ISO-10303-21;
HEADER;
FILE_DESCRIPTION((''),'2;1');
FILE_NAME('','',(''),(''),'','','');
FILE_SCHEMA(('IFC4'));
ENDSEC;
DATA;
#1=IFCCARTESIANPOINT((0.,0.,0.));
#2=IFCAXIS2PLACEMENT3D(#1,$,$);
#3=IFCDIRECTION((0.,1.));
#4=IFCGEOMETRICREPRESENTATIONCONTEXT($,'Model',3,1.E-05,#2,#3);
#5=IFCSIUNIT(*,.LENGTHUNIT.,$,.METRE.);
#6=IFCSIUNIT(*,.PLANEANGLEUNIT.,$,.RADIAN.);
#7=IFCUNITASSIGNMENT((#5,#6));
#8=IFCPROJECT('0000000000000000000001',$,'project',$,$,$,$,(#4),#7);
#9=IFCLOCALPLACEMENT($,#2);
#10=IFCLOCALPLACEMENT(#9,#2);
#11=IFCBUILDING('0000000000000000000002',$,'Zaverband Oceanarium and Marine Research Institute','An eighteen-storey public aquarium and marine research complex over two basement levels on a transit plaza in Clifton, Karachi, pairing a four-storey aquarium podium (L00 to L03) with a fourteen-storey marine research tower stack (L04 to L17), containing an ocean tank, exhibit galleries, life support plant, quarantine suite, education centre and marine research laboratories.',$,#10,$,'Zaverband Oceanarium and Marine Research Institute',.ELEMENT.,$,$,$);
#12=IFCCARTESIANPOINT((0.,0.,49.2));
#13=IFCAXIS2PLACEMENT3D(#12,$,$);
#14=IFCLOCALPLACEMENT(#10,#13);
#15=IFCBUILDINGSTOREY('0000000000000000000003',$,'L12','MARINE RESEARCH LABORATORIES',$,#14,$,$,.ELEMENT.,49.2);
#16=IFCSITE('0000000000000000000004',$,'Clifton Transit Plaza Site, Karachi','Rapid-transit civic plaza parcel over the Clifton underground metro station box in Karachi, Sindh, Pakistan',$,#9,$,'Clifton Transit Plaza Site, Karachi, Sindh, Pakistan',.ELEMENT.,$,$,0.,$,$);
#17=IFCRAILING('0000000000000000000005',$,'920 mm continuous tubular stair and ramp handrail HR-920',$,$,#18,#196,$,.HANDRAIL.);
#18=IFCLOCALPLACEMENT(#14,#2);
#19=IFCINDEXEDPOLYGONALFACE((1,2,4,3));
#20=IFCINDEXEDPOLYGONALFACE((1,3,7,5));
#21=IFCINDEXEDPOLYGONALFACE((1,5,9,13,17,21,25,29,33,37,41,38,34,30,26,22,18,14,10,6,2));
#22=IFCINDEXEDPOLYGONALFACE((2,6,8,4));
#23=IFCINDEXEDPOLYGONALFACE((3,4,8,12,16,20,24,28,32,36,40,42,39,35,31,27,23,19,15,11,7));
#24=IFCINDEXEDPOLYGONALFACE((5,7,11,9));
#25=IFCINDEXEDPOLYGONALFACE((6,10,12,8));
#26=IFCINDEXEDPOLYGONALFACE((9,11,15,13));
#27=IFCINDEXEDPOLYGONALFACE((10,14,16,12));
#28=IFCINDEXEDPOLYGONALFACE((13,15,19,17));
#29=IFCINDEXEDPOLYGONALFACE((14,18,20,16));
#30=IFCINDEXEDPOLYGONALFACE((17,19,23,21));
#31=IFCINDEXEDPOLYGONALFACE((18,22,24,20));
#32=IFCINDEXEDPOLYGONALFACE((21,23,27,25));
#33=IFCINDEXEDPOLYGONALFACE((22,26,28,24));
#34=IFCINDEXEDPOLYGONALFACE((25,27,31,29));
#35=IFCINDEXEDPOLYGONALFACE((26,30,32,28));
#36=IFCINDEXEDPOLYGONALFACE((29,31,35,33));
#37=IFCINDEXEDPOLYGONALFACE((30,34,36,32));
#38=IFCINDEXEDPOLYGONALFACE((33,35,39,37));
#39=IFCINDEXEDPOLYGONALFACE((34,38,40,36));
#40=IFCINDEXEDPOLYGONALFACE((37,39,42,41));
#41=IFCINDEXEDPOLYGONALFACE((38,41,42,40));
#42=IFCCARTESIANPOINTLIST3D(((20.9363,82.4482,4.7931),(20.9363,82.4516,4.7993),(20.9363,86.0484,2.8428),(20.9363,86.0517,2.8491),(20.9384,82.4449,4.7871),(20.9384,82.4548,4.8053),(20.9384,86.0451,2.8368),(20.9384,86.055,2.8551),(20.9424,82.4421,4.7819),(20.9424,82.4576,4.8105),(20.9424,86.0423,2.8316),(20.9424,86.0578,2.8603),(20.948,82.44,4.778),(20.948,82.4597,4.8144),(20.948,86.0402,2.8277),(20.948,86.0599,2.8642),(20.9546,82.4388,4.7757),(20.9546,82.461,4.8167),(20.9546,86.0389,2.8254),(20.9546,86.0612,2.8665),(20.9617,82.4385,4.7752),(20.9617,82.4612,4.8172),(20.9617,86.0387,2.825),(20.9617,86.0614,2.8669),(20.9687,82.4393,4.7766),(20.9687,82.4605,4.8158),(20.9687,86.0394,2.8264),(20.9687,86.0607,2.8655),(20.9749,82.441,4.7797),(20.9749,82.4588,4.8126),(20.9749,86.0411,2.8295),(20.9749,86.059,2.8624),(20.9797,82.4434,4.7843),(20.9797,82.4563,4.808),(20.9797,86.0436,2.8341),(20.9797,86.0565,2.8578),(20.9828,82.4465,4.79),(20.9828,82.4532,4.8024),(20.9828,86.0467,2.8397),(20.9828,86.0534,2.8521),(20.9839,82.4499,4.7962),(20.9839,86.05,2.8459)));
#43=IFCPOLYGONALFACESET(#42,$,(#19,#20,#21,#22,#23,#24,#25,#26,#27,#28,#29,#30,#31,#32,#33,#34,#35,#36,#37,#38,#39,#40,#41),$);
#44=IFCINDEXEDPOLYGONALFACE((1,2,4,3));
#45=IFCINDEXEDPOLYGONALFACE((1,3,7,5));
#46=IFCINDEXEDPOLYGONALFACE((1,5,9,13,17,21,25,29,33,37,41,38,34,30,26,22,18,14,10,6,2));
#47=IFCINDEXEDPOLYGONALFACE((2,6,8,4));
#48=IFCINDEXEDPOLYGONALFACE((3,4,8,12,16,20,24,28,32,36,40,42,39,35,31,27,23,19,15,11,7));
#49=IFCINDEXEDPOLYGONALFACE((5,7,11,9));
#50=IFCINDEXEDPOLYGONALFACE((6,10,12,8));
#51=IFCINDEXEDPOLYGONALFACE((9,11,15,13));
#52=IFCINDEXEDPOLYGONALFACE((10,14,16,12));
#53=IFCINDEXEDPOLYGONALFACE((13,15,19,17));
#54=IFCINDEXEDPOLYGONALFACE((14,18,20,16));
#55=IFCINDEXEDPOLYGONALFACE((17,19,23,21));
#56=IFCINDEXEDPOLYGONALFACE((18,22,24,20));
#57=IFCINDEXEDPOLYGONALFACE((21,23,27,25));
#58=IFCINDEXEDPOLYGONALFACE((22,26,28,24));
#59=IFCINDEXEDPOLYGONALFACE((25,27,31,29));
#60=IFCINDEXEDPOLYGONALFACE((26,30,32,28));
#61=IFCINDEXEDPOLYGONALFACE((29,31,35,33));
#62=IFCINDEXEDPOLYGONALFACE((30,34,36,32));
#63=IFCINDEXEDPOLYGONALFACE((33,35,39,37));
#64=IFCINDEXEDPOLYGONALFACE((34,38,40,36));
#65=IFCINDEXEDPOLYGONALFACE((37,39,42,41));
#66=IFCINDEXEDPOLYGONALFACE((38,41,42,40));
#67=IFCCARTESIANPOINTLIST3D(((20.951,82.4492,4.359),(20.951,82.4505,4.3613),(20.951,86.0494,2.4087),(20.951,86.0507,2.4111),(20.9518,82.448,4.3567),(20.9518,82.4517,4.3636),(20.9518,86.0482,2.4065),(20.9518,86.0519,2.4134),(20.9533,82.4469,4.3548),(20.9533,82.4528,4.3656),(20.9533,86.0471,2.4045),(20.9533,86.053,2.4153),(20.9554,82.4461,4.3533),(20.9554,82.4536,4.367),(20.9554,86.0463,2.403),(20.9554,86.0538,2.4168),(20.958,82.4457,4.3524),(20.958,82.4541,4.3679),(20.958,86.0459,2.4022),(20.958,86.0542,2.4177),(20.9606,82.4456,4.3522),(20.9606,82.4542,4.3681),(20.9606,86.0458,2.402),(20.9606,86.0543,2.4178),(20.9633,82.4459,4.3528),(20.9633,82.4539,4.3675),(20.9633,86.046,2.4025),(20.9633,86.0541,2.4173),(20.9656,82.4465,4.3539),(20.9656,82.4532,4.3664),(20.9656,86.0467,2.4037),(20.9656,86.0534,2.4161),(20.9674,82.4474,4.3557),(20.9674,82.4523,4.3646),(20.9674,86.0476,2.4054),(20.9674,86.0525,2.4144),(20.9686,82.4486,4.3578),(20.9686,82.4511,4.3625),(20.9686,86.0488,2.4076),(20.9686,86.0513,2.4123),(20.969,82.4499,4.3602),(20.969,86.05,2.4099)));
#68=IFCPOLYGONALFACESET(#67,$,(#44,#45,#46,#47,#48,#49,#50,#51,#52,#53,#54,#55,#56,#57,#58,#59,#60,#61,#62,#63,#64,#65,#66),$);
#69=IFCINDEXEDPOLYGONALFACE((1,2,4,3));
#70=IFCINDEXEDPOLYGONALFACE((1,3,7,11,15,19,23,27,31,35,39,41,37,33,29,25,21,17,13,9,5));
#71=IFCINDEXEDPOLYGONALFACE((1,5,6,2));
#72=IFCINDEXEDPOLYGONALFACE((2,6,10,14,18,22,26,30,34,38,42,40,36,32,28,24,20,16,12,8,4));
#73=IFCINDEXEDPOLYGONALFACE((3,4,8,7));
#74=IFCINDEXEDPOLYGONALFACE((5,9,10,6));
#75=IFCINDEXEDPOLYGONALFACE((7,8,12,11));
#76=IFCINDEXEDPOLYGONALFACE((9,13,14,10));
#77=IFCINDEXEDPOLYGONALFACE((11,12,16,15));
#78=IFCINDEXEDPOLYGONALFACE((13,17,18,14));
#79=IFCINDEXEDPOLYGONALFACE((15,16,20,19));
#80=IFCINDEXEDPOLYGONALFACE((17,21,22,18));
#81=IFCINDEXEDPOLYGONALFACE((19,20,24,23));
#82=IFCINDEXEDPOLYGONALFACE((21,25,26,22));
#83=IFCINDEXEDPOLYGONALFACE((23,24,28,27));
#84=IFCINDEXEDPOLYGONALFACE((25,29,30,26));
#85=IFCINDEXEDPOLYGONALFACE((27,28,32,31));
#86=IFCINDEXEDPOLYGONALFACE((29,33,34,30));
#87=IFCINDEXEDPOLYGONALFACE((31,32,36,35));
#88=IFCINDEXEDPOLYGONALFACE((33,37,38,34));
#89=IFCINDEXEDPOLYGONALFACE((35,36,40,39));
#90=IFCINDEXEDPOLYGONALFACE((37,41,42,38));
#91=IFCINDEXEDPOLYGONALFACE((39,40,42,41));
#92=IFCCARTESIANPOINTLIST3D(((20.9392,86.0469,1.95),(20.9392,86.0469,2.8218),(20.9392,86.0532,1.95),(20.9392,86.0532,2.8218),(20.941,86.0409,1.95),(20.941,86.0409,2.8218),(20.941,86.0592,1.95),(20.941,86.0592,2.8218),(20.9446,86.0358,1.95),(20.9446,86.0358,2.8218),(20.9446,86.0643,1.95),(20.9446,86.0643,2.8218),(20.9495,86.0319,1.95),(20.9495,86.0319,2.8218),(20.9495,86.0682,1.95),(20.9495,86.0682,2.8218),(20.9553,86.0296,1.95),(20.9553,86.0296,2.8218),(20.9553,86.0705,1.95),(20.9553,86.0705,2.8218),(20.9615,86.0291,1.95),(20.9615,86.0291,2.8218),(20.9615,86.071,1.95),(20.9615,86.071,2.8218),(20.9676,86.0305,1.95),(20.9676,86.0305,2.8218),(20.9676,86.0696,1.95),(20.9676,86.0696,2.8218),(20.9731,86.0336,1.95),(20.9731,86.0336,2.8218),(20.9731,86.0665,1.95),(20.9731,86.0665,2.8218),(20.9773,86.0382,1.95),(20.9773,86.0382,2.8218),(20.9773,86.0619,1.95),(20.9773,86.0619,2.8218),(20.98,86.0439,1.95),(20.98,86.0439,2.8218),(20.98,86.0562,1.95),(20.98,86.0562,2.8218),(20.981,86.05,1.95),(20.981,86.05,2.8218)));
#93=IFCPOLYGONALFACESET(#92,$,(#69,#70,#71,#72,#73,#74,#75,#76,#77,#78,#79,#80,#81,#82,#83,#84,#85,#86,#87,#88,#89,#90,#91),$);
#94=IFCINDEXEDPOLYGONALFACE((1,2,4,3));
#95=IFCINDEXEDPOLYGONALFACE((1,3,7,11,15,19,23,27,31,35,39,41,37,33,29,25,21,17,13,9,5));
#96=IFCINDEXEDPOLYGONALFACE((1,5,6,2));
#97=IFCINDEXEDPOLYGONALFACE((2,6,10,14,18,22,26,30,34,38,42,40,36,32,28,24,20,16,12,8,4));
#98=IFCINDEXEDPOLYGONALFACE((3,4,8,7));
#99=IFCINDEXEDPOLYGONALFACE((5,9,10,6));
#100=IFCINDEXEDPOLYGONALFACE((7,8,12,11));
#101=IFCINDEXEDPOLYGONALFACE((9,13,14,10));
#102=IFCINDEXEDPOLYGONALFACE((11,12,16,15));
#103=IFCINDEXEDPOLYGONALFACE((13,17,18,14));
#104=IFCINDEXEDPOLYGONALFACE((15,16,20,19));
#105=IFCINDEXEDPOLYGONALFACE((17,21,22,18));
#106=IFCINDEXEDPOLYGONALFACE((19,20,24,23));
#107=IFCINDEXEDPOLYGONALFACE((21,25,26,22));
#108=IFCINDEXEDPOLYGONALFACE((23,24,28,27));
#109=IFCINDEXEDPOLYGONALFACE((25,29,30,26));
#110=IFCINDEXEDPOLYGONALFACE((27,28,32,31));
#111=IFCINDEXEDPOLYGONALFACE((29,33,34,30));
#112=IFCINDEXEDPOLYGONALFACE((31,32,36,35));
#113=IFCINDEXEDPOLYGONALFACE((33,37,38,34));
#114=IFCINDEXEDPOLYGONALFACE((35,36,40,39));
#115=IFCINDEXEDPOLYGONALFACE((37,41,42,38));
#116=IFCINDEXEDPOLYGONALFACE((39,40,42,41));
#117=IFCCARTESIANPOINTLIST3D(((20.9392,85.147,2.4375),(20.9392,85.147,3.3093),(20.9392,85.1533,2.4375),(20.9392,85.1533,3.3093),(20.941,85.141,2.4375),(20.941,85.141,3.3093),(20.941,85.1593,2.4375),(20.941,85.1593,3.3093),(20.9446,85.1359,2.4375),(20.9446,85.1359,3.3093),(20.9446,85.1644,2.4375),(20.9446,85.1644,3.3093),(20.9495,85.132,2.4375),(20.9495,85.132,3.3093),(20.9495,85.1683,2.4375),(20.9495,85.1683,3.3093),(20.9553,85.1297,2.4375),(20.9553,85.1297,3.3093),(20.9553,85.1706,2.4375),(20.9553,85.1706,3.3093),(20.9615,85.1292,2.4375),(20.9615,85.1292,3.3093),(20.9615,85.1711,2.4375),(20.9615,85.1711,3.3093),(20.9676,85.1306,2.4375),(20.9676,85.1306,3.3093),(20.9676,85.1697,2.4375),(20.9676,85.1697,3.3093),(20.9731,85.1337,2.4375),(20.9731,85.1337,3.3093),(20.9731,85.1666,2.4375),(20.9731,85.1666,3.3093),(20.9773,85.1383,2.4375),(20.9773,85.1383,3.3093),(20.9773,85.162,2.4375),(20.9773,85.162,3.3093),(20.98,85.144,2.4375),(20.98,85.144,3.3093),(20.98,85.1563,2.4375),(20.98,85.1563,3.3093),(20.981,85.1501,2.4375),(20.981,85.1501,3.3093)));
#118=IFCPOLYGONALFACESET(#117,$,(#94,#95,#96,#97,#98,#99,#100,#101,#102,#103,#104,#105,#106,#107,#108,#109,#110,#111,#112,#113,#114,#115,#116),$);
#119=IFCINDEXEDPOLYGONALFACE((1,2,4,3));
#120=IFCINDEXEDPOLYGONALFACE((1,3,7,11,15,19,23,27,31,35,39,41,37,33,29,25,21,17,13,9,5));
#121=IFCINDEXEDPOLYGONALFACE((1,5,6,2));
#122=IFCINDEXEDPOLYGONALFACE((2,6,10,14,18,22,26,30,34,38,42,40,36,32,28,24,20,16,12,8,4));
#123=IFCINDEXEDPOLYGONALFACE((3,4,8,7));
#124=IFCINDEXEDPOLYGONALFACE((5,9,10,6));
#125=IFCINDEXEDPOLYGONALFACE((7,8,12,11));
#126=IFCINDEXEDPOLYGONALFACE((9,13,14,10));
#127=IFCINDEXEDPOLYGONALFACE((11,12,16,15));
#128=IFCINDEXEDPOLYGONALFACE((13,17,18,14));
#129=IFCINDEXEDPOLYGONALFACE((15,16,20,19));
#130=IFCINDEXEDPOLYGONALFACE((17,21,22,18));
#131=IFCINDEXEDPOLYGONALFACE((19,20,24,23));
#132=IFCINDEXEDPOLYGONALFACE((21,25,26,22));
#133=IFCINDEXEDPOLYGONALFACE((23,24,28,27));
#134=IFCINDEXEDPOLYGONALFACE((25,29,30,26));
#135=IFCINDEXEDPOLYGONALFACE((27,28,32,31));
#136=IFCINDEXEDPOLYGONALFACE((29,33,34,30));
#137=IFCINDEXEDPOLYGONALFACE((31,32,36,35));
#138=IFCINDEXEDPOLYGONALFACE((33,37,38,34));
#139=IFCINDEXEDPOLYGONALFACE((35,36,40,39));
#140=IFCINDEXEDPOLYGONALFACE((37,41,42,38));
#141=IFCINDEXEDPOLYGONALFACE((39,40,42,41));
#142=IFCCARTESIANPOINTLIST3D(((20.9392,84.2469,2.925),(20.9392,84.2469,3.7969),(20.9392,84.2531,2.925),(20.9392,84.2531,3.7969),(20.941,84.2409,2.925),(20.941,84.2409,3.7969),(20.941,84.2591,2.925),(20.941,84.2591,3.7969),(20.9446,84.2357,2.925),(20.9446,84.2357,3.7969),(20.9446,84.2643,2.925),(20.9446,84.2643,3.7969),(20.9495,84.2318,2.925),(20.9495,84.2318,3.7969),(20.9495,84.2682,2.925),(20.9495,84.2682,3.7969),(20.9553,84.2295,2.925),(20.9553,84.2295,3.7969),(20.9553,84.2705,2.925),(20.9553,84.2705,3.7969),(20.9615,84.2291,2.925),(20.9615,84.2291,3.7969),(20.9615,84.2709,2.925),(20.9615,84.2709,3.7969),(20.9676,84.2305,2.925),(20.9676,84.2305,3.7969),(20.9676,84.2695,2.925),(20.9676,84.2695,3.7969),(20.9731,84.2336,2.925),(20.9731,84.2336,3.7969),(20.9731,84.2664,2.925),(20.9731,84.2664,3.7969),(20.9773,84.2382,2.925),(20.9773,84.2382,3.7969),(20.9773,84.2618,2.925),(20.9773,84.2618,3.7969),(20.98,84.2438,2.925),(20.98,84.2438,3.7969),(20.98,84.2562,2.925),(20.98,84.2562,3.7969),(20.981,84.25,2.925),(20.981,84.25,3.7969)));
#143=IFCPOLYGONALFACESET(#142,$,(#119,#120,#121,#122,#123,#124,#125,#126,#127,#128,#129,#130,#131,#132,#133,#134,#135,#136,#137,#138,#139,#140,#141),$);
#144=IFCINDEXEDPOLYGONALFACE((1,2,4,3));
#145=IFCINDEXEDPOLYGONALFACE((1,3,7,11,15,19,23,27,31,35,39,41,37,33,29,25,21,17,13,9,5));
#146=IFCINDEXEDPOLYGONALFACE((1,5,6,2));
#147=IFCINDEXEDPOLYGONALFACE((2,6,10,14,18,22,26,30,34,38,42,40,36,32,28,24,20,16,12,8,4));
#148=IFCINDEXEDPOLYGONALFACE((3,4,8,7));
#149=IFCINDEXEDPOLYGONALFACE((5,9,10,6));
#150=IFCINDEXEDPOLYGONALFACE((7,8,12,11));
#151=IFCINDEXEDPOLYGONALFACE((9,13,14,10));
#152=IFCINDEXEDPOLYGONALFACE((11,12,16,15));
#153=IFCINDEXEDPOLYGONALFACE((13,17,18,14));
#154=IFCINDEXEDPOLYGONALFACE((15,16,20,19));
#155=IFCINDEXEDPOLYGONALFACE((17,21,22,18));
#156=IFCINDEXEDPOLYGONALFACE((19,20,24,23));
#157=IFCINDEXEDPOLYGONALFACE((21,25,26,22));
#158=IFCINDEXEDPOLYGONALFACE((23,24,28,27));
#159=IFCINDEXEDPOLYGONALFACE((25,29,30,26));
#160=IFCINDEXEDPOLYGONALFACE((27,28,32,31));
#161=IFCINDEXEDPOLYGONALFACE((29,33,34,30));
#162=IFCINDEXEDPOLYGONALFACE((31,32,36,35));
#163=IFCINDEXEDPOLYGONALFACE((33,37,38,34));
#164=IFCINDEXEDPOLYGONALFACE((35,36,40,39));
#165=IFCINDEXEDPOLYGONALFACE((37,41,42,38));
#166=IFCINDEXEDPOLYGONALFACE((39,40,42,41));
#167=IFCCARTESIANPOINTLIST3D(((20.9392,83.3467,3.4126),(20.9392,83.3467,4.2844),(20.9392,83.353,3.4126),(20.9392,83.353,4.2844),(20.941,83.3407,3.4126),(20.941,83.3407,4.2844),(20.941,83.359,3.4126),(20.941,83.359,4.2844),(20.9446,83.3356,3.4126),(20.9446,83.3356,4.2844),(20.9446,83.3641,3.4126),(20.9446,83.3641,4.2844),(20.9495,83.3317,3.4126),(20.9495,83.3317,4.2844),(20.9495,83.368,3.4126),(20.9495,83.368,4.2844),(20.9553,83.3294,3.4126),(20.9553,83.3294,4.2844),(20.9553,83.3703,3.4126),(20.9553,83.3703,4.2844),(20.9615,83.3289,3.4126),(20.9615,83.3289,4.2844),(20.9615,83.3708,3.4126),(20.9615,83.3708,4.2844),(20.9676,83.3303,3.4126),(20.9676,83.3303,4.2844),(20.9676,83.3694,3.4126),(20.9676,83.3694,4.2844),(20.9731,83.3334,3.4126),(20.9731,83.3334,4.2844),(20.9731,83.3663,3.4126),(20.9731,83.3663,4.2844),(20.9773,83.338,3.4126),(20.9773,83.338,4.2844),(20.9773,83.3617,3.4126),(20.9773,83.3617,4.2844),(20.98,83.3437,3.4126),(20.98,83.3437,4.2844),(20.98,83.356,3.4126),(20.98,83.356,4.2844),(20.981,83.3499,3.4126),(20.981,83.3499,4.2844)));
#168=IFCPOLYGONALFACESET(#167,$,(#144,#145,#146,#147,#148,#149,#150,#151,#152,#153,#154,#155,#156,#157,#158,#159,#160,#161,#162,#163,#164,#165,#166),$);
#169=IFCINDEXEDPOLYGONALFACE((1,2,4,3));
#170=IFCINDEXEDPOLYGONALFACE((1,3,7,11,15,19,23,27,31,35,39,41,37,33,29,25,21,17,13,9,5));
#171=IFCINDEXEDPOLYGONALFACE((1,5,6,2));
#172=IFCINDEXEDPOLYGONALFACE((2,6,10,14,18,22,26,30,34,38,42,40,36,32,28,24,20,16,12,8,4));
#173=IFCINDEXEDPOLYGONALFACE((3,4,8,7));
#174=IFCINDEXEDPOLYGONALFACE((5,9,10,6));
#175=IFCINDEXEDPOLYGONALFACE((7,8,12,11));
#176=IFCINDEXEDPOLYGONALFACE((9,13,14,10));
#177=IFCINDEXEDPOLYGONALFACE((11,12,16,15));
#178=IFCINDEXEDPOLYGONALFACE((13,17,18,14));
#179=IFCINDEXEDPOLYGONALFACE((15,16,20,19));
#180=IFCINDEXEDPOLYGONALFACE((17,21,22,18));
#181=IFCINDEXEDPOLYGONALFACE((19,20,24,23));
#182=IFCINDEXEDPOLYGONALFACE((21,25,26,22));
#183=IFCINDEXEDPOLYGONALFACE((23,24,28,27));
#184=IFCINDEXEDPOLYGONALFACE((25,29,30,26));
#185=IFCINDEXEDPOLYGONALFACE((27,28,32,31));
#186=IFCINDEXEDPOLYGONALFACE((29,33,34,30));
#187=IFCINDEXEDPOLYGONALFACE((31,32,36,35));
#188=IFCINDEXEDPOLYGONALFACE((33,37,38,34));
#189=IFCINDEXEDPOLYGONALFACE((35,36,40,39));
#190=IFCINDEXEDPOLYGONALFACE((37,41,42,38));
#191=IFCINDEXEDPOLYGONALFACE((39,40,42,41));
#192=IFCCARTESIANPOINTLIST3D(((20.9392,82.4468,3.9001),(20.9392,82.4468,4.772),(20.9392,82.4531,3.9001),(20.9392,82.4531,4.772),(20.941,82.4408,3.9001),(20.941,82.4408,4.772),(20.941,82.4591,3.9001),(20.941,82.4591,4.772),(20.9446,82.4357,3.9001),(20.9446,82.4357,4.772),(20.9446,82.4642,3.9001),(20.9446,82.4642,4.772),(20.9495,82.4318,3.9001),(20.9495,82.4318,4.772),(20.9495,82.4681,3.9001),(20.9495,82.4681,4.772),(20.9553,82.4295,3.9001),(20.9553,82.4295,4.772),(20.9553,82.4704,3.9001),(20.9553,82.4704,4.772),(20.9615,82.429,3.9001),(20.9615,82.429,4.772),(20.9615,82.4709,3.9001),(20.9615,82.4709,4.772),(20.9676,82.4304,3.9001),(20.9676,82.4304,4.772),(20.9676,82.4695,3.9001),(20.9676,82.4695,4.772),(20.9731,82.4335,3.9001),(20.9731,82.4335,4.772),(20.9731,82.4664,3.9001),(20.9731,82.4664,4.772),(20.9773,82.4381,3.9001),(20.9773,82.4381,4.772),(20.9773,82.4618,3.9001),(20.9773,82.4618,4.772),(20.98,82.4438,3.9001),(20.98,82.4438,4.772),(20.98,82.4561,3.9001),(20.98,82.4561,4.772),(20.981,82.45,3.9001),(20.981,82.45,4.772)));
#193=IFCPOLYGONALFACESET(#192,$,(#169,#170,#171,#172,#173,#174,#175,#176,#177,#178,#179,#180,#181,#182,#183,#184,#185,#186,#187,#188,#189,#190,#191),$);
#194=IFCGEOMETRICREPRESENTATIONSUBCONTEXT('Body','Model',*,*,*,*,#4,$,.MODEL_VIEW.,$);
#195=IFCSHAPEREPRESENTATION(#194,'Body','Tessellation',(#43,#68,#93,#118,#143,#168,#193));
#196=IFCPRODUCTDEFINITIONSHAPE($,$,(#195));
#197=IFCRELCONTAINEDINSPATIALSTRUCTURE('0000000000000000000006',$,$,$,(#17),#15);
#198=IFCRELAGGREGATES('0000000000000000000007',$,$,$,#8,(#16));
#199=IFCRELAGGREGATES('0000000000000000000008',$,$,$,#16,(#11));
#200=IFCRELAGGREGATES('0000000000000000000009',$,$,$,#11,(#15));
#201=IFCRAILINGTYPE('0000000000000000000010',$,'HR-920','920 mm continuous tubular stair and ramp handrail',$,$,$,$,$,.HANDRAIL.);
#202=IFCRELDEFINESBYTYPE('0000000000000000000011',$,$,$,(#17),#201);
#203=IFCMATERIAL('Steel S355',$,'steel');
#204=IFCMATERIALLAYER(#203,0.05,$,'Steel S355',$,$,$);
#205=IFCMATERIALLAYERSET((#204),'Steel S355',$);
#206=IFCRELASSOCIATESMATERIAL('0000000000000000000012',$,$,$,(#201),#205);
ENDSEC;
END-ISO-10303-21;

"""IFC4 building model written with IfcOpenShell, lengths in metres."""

from ifc_helpers import new_model, si_unit, direction, frame, origin, origin_2d, place, context, subcontext, project, spatial, circle, extrude, material, layer, layer_set, type_object, element, save


model = new_model("IFC4")

# Units and contexts
model_context = context("Model", 3, precision=1e-05, world=origin(), true_north=direction((0.0, 1.0)))
body_context = subcontext(model_context, "Body", "Model", "MODEL_VIEW")
ifc_project = project(units=[si_unit("LENGTHUNIT", "METRE"), si_unit("PLANEANGLEUNIT", "RADIAN")], contexts=[model_context])

# Site, building, storey
site_placement = place(None, origin())
site = spatial("IfcSite", under=ifc_project, at=site_placement, Name="Clifton Transit Plaza Site, Karachi", Description="Rapid-transit civic plaza parcel over the Clifton underground metro station box in Karachi, Sindh, Pakistan", LongName="Clifton Transit Plaza Site, Karachi, Sindh, Pakistan", CompositionType="ELEMENT", RefElevation=0.0)
building_placement = place(site_placement, origin())
building = spatial("IfcBuilding", under=site, at=building_placement, Name="Zaverband Oceanarium and Marine Research Institute", Description="An eighteen-storey public aquarium and marine research complex over two basement levels on a transit plaza in Clifton, Karachi, pairing a four-storey aquarium podium (L00 to L03) with a fourteen-storey marine research tower stack (L04 to L17), containing an ocean tank, exhibit galleries, life support plant, quarantine suite, education centre and marine research laboratories.", LongName="Zaverband Oceanarium and Marine Research Institute", CompositionType="ELEMENT")
storey_placement = place(building_placement, frame((0.0, 0.0, 49.2)))
storey = spatial("IfcBuildingStorey", under=building, at=storey_placement, Name="L12", Description="MARINE RESEARCH LABORATORIES", CompositionType="ELEMENT", Elevation=49.2)

# Shared definitions
ifc_material_1 = material(Name="Steel S355", Category="steel")

# Railing
ifc_layer_1 = layer(ifc_material_1, 0.05, Name="Steel S355")
ifc_layer_set_1 = layer_set([ifc_layer_1], Name="Steel S355")
railing_type_1 = type_object("IfcRailingType", Name="HR-920", Description="920 mm continuous tubular stair and ramp handrail", PredefinedType="HANDRAIL", material=ifc_layer_set_1)
railing_1_placement = place(storey_placement, frame((20.96, 86.05, 1.95)))
element("IfcRailing", 1, at=railing_1_placement, inside=storey, type_object=railing_type_1, Name="920 mm continuous tubular stair and ramp handrail HR-920", PredefinedType="HANDRAIL", context=body_context, shape_type="SweptSolid", body=[
    extrude(circle(Radius=0.0239, at=origin_2d()), frame((0.0, 0.0, 0.896), z_axis=(0.0, -0.879277, 0.47631), x_axis=(1.0, 0.0, 0.0)), (0.0, 0.0, 1.0), 4.0945),
    extrude(circle(Radius=0.009, at=origin_2d()), frame((0.0, 0.0, 0.46), z_axis=(0.0, -0.879277, 0.47631), x_axis=(1.0, 0.0, 0.0)), (0.0, 0.0, 1.0), 4.0945),
    extrude(circle(Radius=0.021, at=origin_2d()), origin(), (0.0, 0.0, 1.0), 0.8718),
    extrude(circle(Radius=0.021, at=origin_2d()), frame((0.0, -0.8999, 0.4875)), (0.0, 0.0, 1.0), 0.8718),
    extrude(circle(Radius=0.021, at=origin_2d()), frame((0.0, -1.8, 0.9751)), (0.0, 0.0, 1.0), 0.8718),
    extrude(circle(Radius=0.021, at=origin_2d()), frame((0.0, -2.7002, 1.4626)), (0.0, 0.0, 1.0), 0.8718),
    extrude(circle(Radius=0.021, at=origin_2d()), frame((0.0, -3.6001, 1.9502)), (0.0, 0.0, 1.0), 0.8718),
])

save(model, "model.ifc")
